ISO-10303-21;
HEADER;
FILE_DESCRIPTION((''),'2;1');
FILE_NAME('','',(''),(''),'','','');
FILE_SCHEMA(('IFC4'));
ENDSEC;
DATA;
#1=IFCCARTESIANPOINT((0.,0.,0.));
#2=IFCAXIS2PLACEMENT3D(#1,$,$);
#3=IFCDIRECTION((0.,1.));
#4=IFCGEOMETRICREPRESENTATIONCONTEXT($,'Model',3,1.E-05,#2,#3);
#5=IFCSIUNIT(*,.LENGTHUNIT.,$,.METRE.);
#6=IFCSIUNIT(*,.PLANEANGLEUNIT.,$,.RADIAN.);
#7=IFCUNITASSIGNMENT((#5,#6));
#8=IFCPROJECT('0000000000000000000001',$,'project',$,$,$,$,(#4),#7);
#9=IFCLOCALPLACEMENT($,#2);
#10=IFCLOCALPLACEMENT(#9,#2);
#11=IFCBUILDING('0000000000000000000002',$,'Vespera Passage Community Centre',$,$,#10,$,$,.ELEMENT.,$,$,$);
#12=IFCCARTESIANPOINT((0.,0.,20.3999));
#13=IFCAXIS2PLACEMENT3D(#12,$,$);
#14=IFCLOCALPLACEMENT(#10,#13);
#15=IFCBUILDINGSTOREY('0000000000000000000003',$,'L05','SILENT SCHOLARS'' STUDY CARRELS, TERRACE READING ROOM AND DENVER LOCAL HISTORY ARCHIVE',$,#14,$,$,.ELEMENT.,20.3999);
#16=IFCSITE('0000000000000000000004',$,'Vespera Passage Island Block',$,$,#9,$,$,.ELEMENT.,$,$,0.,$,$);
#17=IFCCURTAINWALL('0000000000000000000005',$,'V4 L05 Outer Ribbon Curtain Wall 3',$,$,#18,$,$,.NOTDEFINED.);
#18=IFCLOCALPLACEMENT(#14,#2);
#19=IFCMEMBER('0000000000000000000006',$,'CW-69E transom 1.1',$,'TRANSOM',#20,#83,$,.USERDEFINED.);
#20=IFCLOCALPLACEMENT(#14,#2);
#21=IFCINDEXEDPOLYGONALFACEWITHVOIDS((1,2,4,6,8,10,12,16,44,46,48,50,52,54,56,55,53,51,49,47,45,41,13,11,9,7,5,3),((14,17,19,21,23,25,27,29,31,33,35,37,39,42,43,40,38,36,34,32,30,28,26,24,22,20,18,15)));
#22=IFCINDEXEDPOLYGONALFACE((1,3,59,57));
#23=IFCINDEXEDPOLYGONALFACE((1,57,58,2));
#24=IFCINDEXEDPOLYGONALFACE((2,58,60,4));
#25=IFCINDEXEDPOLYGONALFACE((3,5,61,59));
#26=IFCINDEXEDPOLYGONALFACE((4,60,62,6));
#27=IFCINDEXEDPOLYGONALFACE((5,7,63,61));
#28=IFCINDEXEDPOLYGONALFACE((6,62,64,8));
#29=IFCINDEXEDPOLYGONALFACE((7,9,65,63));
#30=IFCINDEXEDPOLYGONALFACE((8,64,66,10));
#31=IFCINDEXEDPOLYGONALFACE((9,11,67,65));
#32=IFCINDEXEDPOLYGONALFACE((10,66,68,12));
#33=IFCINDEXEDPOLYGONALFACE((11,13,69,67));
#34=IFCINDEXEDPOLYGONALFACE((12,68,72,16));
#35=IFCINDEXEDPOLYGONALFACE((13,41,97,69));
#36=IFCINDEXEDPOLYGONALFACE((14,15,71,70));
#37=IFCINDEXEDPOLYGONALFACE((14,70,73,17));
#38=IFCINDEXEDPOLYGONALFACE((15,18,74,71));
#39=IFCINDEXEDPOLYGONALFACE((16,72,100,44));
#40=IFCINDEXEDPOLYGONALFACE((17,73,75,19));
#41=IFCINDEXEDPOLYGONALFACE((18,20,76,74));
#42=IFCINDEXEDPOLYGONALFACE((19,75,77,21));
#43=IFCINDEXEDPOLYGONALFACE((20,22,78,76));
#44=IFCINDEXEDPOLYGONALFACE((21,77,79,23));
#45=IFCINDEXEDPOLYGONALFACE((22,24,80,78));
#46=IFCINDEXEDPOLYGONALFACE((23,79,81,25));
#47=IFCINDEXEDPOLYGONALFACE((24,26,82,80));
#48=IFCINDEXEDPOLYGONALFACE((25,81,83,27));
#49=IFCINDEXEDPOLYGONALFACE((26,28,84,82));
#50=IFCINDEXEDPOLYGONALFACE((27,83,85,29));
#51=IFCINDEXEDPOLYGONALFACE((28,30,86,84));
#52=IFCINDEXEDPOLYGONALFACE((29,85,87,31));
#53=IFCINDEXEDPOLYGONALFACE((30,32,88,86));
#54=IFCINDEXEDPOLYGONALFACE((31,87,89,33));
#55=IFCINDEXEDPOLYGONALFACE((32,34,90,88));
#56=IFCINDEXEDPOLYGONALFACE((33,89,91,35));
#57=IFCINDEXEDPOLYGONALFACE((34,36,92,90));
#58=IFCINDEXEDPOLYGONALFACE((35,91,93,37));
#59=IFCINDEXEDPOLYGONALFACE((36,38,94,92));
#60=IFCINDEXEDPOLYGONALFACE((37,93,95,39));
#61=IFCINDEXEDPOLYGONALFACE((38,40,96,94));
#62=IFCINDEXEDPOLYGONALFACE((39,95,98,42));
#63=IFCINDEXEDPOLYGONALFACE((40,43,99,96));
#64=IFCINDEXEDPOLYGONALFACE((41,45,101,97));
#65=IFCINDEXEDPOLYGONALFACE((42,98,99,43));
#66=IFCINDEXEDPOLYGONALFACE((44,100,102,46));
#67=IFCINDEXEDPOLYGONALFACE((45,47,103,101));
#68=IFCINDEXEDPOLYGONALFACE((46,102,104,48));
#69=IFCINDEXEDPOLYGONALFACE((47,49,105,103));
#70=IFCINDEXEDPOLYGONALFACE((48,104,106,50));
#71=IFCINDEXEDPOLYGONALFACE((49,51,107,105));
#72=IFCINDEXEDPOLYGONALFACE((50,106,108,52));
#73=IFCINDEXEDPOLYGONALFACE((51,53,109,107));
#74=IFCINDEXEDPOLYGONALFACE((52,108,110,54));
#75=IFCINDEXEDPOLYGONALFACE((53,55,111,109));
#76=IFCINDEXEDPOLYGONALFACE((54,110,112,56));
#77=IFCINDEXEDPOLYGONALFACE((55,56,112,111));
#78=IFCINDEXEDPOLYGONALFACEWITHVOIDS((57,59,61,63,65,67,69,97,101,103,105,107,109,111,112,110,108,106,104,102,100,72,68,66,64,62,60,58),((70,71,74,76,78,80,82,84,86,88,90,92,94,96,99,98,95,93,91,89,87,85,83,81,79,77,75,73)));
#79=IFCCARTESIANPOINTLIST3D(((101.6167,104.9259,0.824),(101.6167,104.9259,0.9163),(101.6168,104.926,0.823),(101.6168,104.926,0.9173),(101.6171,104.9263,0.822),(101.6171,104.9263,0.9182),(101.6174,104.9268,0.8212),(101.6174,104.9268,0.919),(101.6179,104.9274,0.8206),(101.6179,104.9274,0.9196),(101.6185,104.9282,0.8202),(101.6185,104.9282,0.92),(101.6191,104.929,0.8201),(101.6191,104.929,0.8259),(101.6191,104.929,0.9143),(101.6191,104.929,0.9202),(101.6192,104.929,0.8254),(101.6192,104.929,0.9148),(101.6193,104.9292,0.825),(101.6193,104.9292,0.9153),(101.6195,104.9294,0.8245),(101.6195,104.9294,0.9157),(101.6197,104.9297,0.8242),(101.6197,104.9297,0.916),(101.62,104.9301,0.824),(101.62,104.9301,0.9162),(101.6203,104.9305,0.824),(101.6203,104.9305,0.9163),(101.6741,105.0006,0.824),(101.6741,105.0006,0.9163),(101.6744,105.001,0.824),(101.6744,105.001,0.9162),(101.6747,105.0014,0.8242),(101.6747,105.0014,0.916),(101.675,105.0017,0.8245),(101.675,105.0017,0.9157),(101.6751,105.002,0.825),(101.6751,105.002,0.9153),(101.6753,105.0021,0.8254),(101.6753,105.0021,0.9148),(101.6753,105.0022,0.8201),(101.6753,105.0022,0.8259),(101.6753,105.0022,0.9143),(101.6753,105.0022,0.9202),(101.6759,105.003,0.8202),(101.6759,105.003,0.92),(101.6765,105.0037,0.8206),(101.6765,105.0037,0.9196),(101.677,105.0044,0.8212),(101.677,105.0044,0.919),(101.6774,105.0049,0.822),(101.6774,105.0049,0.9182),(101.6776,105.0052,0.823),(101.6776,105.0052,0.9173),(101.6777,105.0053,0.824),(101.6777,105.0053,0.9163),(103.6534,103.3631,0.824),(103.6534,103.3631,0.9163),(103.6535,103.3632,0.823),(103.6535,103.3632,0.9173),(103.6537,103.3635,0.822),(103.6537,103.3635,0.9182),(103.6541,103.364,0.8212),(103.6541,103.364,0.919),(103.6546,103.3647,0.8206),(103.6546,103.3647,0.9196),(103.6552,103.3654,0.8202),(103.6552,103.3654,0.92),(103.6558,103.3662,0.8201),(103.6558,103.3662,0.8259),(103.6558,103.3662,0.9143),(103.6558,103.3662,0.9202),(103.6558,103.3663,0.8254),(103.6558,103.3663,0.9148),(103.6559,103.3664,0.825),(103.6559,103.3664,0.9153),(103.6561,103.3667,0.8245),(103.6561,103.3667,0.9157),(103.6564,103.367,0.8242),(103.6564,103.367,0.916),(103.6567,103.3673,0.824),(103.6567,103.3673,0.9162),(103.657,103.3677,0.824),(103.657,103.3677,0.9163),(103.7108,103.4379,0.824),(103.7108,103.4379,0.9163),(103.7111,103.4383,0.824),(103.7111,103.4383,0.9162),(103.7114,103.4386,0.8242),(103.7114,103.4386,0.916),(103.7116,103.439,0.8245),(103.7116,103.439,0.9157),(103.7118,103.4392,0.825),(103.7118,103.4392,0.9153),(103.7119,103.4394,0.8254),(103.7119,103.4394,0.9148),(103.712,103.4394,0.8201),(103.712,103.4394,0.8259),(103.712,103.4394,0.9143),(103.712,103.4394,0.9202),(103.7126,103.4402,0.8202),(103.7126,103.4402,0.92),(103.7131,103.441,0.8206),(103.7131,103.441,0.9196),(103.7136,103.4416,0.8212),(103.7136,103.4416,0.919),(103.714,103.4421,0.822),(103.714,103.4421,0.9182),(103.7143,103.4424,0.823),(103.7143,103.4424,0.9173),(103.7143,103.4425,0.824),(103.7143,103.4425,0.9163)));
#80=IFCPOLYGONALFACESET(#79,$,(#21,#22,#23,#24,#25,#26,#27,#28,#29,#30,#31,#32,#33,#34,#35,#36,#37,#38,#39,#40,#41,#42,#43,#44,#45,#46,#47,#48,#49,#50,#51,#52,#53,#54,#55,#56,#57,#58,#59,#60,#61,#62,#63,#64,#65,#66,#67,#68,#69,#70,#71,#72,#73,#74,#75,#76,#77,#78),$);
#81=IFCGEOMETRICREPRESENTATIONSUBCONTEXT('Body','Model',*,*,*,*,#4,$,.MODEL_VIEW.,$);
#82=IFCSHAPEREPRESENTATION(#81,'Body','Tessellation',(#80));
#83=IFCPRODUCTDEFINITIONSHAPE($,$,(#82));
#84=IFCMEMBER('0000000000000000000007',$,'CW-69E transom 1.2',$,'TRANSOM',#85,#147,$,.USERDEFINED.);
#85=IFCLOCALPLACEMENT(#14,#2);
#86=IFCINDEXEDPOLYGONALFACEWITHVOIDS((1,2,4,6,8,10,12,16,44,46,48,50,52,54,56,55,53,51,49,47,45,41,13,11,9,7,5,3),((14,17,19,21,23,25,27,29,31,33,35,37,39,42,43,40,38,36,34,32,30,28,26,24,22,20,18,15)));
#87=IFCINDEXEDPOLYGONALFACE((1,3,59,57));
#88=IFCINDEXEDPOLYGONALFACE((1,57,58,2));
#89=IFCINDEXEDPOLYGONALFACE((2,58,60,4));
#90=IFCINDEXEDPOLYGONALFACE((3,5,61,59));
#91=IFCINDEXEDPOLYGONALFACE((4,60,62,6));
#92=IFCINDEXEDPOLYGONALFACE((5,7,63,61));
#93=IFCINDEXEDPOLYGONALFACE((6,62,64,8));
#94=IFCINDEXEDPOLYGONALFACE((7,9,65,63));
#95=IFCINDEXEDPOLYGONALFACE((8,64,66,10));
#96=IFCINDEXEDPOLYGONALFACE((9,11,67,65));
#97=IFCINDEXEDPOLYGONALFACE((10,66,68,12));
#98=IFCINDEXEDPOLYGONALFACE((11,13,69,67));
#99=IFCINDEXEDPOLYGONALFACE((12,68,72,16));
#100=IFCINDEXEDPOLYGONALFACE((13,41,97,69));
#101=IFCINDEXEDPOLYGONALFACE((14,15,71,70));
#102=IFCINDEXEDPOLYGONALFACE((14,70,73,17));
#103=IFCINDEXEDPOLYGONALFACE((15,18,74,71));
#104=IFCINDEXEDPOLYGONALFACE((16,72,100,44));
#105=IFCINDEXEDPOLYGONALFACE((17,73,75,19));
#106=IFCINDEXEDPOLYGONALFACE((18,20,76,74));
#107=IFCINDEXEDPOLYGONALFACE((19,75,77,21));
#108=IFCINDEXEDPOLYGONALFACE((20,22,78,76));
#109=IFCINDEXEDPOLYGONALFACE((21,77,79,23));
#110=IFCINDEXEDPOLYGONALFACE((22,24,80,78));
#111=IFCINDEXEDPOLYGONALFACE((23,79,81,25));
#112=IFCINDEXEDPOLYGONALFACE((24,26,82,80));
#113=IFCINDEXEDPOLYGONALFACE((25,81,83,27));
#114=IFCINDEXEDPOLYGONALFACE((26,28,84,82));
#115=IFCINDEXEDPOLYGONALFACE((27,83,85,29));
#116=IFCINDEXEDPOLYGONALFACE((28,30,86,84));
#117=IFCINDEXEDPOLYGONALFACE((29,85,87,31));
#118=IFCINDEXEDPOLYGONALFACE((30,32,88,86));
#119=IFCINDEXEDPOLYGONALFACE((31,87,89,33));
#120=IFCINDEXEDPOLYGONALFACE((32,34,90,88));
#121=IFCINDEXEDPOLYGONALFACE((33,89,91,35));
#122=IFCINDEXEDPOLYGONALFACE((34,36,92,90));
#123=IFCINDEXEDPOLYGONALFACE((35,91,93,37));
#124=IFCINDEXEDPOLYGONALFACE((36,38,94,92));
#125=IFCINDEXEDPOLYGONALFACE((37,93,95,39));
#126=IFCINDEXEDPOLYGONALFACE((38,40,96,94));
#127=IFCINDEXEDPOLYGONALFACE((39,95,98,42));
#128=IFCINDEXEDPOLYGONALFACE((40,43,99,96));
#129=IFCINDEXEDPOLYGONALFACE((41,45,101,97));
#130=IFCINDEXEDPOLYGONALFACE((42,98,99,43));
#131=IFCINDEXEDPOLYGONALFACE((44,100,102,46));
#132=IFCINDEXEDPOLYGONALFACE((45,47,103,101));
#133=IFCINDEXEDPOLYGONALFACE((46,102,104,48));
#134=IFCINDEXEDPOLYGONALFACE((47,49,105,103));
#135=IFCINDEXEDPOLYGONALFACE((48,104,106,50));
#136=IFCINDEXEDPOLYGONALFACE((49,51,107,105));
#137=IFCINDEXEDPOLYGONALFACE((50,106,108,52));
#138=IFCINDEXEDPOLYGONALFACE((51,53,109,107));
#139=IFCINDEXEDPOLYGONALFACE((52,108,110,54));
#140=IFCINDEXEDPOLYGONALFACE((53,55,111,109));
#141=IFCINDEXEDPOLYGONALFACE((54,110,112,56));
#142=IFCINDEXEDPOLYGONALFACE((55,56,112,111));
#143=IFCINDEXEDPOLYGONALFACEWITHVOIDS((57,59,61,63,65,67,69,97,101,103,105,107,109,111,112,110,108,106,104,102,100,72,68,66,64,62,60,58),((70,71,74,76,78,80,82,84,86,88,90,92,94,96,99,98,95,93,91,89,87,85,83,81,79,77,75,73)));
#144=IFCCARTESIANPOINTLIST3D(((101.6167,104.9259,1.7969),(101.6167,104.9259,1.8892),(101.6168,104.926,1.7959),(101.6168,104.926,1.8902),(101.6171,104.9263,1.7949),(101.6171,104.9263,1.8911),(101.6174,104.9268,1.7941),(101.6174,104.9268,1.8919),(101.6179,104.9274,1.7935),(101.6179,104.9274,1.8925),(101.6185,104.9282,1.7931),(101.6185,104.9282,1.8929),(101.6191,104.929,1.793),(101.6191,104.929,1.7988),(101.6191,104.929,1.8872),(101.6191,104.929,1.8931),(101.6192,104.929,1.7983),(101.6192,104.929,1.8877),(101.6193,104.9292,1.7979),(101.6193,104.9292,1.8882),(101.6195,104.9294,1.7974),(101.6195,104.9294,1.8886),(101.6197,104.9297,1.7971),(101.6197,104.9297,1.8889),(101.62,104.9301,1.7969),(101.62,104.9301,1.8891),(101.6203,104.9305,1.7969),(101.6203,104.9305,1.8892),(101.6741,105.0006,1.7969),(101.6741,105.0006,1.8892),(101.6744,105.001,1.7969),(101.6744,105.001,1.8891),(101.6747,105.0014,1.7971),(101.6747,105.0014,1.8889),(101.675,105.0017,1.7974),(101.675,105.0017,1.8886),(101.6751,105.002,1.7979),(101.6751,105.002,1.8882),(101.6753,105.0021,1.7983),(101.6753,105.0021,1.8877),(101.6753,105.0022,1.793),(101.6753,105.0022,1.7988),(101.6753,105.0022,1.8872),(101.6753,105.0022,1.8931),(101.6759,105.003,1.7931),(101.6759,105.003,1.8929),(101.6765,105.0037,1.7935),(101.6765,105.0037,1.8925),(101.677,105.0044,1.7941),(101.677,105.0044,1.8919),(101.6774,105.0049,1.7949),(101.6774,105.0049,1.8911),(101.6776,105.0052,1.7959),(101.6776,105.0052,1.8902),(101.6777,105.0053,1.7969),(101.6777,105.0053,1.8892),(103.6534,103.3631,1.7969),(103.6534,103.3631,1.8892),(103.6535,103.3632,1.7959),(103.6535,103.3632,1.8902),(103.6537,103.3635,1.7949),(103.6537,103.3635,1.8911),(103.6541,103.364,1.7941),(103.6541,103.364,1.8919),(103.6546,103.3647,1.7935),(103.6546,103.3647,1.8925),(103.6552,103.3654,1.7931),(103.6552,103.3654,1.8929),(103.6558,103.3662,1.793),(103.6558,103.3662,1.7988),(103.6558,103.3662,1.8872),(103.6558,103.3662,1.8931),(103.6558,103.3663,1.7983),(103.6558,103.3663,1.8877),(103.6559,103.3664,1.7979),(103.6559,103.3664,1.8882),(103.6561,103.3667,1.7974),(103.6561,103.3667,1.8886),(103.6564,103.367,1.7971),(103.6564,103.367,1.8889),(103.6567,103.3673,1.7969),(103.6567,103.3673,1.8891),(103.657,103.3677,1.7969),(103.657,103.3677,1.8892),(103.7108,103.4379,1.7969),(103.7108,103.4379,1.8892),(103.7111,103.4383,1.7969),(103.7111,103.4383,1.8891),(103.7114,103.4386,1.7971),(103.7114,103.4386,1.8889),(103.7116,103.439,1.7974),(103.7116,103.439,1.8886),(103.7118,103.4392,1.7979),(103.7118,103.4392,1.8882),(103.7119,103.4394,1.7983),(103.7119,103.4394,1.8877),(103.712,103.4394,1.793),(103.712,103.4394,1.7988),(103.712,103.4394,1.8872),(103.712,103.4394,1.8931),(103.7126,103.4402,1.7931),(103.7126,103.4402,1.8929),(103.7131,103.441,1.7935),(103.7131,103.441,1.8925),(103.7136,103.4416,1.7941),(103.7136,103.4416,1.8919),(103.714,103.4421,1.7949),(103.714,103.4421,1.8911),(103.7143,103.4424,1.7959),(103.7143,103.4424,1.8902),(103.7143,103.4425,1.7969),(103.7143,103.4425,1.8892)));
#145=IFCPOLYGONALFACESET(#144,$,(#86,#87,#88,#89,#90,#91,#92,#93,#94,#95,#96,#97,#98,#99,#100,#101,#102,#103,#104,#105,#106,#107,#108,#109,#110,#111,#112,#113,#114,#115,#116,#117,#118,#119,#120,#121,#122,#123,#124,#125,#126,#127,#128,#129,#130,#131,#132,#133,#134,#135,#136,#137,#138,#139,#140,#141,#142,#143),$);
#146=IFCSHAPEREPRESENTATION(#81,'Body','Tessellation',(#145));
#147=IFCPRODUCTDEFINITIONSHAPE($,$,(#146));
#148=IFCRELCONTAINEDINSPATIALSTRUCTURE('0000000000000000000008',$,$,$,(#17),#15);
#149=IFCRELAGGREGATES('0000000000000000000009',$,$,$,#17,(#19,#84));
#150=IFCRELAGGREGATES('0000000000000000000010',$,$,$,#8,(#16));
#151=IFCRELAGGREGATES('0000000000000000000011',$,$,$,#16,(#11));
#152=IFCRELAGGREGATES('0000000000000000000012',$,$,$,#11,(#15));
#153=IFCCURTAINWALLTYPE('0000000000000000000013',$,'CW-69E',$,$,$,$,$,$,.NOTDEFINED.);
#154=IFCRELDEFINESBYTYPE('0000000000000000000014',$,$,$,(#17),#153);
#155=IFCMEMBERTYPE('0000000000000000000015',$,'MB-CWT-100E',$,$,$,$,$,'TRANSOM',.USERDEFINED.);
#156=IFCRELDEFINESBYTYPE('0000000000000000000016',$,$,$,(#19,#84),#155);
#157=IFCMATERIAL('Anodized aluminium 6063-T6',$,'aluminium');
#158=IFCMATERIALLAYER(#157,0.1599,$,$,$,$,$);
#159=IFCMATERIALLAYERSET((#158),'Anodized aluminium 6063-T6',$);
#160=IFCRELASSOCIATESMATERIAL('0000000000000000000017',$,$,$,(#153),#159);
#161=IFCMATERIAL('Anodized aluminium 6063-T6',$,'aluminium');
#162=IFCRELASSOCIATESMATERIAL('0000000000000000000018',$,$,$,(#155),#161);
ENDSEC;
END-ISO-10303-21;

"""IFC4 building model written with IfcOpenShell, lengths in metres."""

from ifc_helpers import new_model, si_unit, direction, frame, origin, origin_2d, place, context, subcontext, project, spatial, hollow_rectangle, extrude, material, layer, layer_set, material_profile, profile_set, type_object, element, aggregate, save


model = new_model("IFC4")

# Units and contexts
model_context = context("Model", 3, precision=1e-05, world=origin(), true_north=direction((0.0, 1.0)))
body_context = subcontext(model_context, "Body", "Model", "MODEL_VIEW")
ifc_project = project(units=[si_unit("LENGTHUNIT", "METRE"), si_unit("PLANEANGLEUNIT", "RADIAN")], contexts=[model_context])

# Site, building, storey
site_placement = place(None, origin())
site = spatial("IfcSite", under=ifc_project, at=site_placement, Name="Vespera Passage Island Block", CompositionType="ELEMENT", RefElevation=0.0)
building_placement = place(site_placement, origin())
building = spatial("IfcBuilding", under=site, at=building_placement, Name="Vespera Passage Community Centre", CompositionType="ELEMENT")
storey_placement = place(building_placement, frame((0.0, 0.0, 20.3999)))
storey = spatial("IfcBuildingStorey", under=building, at=storey_placement, Name="L05", Description="SILENT SCHOLARS' STUDY CARRELS, TERRACE READING ROOM AND DENVER LOCAL HISTORY ARCHIVE", CompositionType="ELEMENT", Elevation=20.3999)

# Curtain wall, members
ifc_material_1 = material(Name="Anodized aluminium 6063-T6", Category="aluminium")
ifc_layer_1 = layer(ifc_material_1, 0.1599)
ifc_layer_set_1 = layer_set([ifc_layer_1], Name="Anodized aluminium 6063-T6")
curtain_wall_type = type_object("IfcCurtainWallType", Name="CW-69E", PredefinedType="NOTDEFINED", material=ifc_layer_set_1)
curtain_wall_placement = place(storey_placement, origin())
curtain_wall = element("IfcCurtainWall", 1, at=curtain_wall_placement, inside=storey, type_object=curtain_wall_type, Name="V4 L05 Outer Ribbon Curtain Wall 3", PredefinedType="NOTDEFINED")
ifc_material_2 = material(Name="Anodized aluminium 6063-T6", Category="aluminium")
ifc_material_profile_1 = material_profile(ifc_material_2, hollow_rectangle(XDim=0.1001, YDim=0.1001, WallThickness=0.0039, InnerFilletRadius=0.002, OuterFilletRadius=0.0039, at=origin_2d()), Name="ALU100X100X4")
ifc_profile_set_1 = profile_set([ifc_material_profile_1], Name="Anodized aluminium 6063-T6")
member_type_1 = type_object("IfcMemberType", Name="MB-CWT-100E", ElementType="TRANSOM", PredefinedType="USERDEFINED", material=ifc_profile_set_1)
member_1_placement = place(storey_placement, frame((101.6472, 104.9656, 0.8701), z_axis=(0.793355, -0.608759, 0.0), x_axis=(0.608759, 0.793355, 0.0)))
member_1 = element("IfcMember", 2, at=member_1_placement, type_object=member_type_1, Name="CW-69E transom 1.1", ObjectType="TRANSOM", PredefinedType="USERDEFINED", context=body_context, shape_type="SweptSolid", body=[
    extrude(hollow_rectangle(XDim=0.1001, YDim=0.1001, WallThickness=0.0039, InnerFilletRadius=0.002, OuterFilletRadius=0.0039, at=origin_2d()), origin(), (0.0, 0.0, 1.0), 2.5671),
])
member_2_placement = place(storey_placement, frame((101.6472, 104.9656, 1.843), z_axis=(0.793355, -0.608759, 0.0), x_axis=(0.608759, 0.793355, 0.0)))
member_2 = element("IfcMember", 3, at=member_2_placement, type_object=member_type_1, Name="CW-69E transom 1.2", ObjectType="TRANSOM", PredefinedType="USERDEFINED", context=body_context, shape_type="SweptSolid", body=[
    extrude(hollow_rectangle(XDim=0.1001, YDim=0.1001, WallThickness=0.0039, InnerFilletRadius=0.002, OuterFilletRadius=0.0039, at=origin_2d()), origin(), (0.0, 0.0, 1.0), 2.5671),
])
aggregate(curtain_wall, [member_1, member_2])

save(model, "model.ifc")
